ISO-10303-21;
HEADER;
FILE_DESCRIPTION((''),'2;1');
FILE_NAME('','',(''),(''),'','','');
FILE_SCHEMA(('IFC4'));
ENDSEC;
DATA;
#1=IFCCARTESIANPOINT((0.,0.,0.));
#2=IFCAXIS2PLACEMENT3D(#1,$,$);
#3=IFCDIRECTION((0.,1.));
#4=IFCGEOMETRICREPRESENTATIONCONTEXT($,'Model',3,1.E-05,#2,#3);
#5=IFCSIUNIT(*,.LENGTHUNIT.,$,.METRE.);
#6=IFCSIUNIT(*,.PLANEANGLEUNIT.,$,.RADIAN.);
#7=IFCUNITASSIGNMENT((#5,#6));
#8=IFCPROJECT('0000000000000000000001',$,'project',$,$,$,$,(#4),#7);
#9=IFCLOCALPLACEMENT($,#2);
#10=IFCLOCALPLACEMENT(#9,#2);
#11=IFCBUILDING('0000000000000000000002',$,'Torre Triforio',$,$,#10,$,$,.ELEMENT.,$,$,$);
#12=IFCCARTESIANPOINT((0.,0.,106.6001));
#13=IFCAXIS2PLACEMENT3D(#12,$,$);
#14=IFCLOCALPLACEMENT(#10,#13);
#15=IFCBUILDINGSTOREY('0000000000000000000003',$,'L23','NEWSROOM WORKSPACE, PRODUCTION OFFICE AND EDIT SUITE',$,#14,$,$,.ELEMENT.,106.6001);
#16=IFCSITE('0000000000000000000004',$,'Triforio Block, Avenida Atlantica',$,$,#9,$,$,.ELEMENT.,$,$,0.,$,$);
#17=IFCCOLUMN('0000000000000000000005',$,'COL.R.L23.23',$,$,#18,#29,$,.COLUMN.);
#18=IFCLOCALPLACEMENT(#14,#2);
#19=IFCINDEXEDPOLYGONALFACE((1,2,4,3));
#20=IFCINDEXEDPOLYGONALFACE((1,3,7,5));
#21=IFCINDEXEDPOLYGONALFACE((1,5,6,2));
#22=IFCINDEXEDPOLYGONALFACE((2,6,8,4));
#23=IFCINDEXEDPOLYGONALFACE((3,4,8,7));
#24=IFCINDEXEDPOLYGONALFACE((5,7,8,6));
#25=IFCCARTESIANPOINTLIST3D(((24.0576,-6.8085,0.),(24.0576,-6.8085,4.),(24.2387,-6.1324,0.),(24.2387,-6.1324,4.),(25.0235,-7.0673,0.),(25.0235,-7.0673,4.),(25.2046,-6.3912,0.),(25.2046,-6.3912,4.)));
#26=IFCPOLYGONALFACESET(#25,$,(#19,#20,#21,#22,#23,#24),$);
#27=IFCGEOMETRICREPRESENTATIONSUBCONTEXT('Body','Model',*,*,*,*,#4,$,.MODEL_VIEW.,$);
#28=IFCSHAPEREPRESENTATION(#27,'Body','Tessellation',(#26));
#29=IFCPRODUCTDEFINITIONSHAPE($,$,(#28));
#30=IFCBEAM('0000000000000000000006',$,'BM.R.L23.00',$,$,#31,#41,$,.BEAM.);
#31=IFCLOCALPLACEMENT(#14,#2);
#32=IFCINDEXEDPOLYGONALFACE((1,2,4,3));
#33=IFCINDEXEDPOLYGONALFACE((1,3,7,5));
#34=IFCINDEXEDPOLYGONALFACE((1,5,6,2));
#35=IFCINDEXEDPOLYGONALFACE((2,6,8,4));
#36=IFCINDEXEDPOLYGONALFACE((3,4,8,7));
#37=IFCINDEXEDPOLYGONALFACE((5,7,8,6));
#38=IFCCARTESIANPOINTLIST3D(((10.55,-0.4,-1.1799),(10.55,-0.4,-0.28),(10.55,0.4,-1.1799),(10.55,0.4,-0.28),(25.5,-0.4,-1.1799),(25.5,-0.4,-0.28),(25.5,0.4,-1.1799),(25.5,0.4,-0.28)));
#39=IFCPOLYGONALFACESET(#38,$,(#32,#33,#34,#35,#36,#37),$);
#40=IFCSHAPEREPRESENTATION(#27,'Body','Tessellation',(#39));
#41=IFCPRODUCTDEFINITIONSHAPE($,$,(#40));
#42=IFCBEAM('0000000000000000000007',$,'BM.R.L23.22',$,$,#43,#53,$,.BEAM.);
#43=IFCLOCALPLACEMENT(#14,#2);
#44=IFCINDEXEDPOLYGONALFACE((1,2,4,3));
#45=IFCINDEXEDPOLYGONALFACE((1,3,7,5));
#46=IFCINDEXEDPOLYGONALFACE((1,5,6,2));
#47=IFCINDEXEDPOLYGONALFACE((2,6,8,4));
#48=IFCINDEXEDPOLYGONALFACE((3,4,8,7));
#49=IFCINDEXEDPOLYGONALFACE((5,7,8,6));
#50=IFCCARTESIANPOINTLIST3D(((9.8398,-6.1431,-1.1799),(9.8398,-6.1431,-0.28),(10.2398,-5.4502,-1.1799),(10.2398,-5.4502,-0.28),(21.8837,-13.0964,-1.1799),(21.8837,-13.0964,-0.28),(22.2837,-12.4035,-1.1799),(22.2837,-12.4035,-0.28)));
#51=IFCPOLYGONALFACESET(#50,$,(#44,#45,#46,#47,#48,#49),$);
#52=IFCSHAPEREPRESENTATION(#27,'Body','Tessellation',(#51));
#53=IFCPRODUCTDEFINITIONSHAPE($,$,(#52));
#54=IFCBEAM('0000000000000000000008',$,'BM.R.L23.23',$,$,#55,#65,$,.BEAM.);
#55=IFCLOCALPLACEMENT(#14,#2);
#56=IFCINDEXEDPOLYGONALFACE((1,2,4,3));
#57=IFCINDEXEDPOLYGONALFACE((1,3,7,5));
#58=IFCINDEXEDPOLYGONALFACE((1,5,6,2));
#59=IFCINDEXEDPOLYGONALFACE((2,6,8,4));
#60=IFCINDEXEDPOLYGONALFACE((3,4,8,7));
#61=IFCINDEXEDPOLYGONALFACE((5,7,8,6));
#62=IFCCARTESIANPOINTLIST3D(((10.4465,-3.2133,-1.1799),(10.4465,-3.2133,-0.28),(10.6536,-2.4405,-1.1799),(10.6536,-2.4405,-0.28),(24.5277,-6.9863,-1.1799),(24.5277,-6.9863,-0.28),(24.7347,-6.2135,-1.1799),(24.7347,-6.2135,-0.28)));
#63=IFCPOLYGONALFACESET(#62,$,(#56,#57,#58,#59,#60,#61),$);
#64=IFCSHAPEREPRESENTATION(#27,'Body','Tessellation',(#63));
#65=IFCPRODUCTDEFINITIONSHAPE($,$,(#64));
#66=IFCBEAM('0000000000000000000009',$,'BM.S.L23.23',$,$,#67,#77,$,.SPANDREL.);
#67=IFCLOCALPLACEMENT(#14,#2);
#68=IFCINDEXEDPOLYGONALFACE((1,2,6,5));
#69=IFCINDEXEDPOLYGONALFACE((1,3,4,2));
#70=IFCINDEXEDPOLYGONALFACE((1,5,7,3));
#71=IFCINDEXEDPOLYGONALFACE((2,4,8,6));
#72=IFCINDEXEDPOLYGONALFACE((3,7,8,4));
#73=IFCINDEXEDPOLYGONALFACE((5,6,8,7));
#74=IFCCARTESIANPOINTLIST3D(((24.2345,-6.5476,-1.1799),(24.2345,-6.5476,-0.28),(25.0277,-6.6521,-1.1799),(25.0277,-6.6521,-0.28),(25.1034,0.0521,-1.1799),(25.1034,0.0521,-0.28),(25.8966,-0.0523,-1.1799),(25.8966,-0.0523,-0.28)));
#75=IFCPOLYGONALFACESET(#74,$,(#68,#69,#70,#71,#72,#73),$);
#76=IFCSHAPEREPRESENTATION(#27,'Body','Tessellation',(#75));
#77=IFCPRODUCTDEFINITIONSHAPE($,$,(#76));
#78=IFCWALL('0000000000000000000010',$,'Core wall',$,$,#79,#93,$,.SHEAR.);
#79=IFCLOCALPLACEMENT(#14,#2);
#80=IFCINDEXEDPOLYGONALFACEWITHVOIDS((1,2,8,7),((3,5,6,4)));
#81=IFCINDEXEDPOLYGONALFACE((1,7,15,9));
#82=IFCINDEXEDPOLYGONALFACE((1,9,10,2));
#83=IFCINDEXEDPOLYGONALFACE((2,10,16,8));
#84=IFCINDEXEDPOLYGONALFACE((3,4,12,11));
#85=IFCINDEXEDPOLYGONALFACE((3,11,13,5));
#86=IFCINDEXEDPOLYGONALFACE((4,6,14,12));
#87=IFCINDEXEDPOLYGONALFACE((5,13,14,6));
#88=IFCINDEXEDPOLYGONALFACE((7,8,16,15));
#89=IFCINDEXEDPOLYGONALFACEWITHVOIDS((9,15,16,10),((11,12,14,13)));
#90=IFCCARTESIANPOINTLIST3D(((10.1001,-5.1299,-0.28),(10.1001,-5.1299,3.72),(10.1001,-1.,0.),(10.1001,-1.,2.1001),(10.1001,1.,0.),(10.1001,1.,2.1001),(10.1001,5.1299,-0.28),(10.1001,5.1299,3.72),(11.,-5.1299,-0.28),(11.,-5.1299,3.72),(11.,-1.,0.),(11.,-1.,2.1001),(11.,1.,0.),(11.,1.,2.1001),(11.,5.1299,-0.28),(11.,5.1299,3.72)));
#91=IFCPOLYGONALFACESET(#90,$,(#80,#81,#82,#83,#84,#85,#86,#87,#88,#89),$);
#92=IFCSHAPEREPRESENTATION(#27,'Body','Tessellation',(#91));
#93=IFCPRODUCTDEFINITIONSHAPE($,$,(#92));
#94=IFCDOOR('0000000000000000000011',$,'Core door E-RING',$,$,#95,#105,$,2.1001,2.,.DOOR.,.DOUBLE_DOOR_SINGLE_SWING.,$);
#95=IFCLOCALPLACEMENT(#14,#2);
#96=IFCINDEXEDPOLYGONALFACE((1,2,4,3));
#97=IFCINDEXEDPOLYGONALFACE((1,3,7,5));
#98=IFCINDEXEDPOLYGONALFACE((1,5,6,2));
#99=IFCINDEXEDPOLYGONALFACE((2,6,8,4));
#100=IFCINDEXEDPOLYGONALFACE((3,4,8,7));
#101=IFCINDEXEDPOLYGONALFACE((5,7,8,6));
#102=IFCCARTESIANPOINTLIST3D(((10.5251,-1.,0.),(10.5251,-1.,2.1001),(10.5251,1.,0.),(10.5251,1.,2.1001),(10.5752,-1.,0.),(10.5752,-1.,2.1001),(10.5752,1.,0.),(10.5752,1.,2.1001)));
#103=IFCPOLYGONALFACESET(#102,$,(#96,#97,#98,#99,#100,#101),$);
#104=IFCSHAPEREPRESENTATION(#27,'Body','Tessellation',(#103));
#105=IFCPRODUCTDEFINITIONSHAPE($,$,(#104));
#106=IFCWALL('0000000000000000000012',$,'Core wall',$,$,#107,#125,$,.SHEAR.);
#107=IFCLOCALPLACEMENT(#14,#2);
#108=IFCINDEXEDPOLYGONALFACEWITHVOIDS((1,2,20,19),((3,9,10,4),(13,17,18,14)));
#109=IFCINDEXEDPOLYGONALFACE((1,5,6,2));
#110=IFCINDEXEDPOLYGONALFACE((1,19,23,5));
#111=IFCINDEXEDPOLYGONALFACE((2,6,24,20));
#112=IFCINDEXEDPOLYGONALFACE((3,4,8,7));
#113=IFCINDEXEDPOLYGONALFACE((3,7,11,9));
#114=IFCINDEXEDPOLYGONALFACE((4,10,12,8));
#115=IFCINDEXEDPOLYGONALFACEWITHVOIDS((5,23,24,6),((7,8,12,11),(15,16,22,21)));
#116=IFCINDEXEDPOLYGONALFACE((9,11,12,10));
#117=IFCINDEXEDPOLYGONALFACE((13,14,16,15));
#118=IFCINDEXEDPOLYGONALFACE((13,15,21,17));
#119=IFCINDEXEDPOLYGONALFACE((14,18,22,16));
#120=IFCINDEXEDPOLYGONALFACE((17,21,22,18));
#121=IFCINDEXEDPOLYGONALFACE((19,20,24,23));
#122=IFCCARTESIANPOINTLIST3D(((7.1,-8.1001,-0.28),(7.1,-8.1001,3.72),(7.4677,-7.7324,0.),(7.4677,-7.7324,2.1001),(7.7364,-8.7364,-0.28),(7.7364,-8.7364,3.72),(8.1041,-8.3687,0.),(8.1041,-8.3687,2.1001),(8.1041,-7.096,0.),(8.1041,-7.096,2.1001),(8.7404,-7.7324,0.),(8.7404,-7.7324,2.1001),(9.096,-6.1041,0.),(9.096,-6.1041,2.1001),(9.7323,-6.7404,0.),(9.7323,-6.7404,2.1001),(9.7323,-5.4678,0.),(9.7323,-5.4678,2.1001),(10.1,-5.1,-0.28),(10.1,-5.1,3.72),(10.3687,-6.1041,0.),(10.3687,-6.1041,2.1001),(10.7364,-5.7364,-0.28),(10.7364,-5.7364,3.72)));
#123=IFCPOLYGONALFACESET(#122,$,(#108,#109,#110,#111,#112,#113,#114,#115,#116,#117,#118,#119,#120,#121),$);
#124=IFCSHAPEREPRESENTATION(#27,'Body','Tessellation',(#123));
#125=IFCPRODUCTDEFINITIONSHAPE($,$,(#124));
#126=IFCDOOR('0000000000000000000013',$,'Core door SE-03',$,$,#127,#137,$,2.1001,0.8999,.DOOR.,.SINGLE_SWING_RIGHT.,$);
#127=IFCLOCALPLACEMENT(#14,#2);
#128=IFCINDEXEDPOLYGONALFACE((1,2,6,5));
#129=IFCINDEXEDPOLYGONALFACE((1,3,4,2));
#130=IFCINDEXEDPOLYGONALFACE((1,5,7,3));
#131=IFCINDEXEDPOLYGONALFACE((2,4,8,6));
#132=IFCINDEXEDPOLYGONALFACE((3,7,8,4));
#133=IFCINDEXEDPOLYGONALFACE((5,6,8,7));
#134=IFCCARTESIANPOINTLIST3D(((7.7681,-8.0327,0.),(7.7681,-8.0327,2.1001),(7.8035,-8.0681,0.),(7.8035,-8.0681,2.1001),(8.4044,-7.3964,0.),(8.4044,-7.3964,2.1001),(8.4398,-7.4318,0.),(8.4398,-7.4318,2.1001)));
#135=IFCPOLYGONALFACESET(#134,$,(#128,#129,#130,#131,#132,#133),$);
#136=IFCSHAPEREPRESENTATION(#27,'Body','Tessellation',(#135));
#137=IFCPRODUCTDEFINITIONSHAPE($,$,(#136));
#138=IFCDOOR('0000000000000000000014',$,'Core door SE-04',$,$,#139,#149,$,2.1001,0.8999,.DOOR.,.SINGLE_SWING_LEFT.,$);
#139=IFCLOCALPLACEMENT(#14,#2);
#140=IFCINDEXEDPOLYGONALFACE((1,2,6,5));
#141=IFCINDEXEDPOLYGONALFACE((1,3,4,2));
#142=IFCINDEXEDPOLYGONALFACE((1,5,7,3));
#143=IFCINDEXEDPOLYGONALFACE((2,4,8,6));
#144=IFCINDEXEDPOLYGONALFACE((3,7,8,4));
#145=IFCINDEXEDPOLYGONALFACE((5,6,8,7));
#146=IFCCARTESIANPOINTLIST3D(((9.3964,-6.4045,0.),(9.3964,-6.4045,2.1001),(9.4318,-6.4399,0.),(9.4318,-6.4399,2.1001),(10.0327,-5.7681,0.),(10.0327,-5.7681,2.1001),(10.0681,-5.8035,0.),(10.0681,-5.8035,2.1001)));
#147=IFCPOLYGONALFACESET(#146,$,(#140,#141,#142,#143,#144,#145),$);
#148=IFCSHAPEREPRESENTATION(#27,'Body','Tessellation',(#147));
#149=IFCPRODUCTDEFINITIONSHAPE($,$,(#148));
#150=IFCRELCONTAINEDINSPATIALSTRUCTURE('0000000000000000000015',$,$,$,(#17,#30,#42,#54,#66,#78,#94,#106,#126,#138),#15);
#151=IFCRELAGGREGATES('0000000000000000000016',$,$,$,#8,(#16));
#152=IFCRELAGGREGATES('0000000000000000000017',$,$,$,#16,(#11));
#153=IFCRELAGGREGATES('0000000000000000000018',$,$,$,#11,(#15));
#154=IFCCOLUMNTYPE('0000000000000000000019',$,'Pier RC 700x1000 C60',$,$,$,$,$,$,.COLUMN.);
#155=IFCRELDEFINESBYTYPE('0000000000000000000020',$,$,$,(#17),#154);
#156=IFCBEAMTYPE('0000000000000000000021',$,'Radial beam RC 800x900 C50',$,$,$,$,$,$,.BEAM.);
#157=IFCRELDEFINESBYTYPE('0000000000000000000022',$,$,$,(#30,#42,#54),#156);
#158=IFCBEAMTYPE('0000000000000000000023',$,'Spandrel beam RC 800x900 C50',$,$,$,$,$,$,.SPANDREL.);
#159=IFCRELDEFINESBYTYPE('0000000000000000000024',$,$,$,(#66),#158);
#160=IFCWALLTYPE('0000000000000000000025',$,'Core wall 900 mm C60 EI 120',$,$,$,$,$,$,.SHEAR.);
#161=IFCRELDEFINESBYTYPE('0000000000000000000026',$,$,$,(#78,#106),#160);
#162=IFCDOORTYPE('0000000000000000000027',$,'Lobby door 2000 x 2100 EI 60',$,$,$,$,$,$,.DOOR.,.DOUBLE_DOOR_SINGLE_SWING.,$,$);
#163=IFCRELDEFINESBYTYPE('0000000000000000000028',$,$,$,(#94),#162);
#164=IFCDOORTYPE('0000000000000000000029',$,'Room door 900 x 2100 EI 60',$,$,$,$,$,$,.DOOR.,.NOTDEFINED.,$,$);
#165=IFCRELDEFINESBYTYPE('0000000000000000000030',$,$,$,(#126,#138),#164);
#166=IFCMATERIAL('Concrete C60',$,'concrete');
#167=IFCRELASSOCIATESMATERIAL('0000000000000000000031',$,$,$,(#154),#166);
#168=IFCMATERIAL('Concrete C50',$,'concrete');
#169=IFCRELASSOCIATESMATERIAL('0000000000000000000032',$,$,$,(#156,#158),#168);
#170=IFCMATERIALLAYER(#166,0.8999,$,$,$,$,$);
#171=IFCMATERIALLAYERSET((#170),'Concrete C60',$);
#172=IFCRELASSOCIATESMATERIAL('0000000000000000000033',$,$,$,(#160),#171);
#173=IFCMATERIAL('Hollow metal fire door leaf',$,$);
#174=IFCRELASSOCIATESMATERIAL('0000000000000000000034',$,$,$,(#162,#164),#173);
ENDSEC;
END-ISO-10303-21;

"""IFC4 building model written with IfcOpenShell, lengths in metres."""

from ifc_helpers import new_model, si_unit, direction, frame, frame_2d, origin, origin_2d, place, context, subcontext, project, spatial, rectangle, extrude, material, layer, layer_set, material_profile, profile_set, type_object, element, fill, save


model = new_model("IFC4")

# Units and contexts
model_context = context("Model", 3, precision=1e-05, world=origin(), true_north=direction((0.0, 1.0)))
body_context = subcontext(model_context, "Body", "Model", "MODEL_VIEW")
ifc_project = project(units=[si_unit("LENGTHUNIT", "METRE"), si_unit("PLANEANGLEUNIT", "RADIAN")], contexts=[model_context])

# Site, building, storey
site_placement = place(None, origin())
site = spatial("IfcSite", under=ifc_project, at=site_placement, Name="Triforio Block, Avenida Atlantica", CompositionType="ELEMENT", RefElevation=0.0)
building_placement = place(site_placement, origin())
building = spatial("IfcBuilding", under=site, at=building_placement, Name="Torre Triforio", CompositionType="ELEMENT")
storey_placement = place(building_placement, frame((0.0, 0.0, 106.6001)))
storey = spatial("IfcBuildingStorey", under=building, at=storey_placement, Name="L23", Description="NEWSROOM WORKSPACE, PRODUCTION OFFICE AND EDIT SUITE", CompositionType="ELEMENT", Elevation=106.6001)

# Column
ifc_material_1 = material(Name="Concrete C60", Category="concrete")
ifc_material_profile_1 = material_profile(ifc_material_1, rectangle(XDim=0.7, YDim=1.0, at=origin_2d()), Name="RC 700x1000")
ifc_profile_set_1 = profile_set([ifc_material_profile_1], Name="Concrete C60")
column_type = type_object("IfcColumnType", Name="Pier RC 700x1000 C60", PredefinedType="COLUMN", material=ifc_profile_set_1)
column_placement = place(storey_placement, frame((24.6311, -6.5999, 0.0), z_axis=(0.0, 0.0, 1.0), x_axis=(0.258819, 0.965926, 0.0)))
element("IfcColumn", 1, at=column_placement, inside=storey, type_object=column_type, Name="COL.R.L23.23", PredefinedType="COLUMN", context=body_context, shape_type="SweptSolid", body=[
    extrude(rectangle(XDim=0.7, YDim=1.0, at=origin_2d()), origin(), (0.0, 0.0, 1.0), 4.0),
])

# Beams
ifc_material_2 = material(Name="Concrete C50", Category="concrete")
ifc_material_profile_2 = material_profile(ifc_material_2, rectangle(XDim=0.8, YDim=0.8999, at=origin_2d()), Name="RC 800x900")
ifc_profile_set_2 = profile_set([ifc_material_profile_2], Name="Concrete C50")
beam_type_1 = type_object("IfcBeamType", Name="Radial beam RC 800x900 C50", PredefinedType="BEAM", material=ifc_profile_set_2)
beam_1_placement = place(storey_placement, frame((10.55, 0.0, -0.73), z_axis=(1.0, 0.0, 0.0), x_axis=(0.0, 1.0, 0.0)))
element("IfcBeam", 2, at=beam_1_placement, inside=storey, type_object=beam_type_1, Name="BM.R.L23.00", PredefinedType="BEAM", context=body_context, shape_type="SweptSolid", body=[
    extrude(rectangle(XDim=0.8, YDim=0.8999, at=origin_2d()), origin(), (0.0, 0.0, 1.0), 14.95),
])
beam_2_placement = place(storey_placement, frame((10.0398, -5.7966, -0.73), z_axis=(0.866032, -0.499989, 0.0), x_axis=(0.499989, 0.866032, 0.0)))
element("IfcBeam", 3, at=beam_2_placement, inside=storey, type_object=beam_type_1, Name="BM.R.L23.22", PredefinedType="BEAM", context=body_context, shape_type="SweptSolid", body=[
    extrude(rectangle(XDim=0.8, YDim=0.8999, at=origin_2d()), origin(), (0.0, 0.0, 1.0), 13.907),
])
beam_3_placement = place(storey_placement, frame((10.55, -2.8269, -0.73), z_axis=(0.965927, -0.258815, 0.0), x_axis=(0.258815, 0.965927, 0.0)))
element("IfcBeam", 4, at=beam_3_placement, inside=storey, type_object=beam_type_1, Name="BM.R.L23.23", PredefinedType="BEAM", context=body_context, shape_type="SweptSolid", body=[
    extrude(rectangle(XDim=0.8, YDim=0.8999, at=origin_2d()), origin(), (0.0, 0.0, 1.0), 14.5779),
])
ifc_material_profile_3 = material_profile(ifc_material_2, rectangle(XDim=0.8, YDim=0.8999, at=origin_2d()), Name="RC 800x900")
ifc_profile_set_3 = profile_set([ifc_material_profile_3], Name="Concrete C50")
beam_type_2 = type_object("IfcBeamType", Name="Spandrel beam RC 800x900 C50", PredefinedType="SPANDREL", material=ifc_profile_set_3)
beam_4_placement = place(storey_placement, frame((24.6311, -6.5999, -0.73), z_axis=(0.130528, 0.991445, 0.0), x_axis=(-0.991445, 0.130528, 0.0)))
element("IfcBeam", 5, at=beam_4_placement, inside=storey, type_object=beam_type_2, Name="BM.S.L23.23", PredefinedType="SPANDREL", context=body_context, shape_type="SweptSolid", body=[
    extrude(rectangle(XDim=0.8, YDim=0.8999, at=origin_2d()), origin(), (0.0, 0.0, 1.0), 6.6567),
])

# Wall, opening, door
ifc_layer_1 = layer(ifc_material_1, 0.8999)
ifc_layer_set_1 = layer_set([ifc_layer_1], Name="Concrete C60")
wall_type_1 = type_object("IfcWallType", Name="Core wall 900 mm C60 EI 120", PredefinedType="SHEAR", material=ifc_layer_set_1)
wall_1_placement = place(storey_placement, frame((10.55, -5.1299, -0.28), z_axis=(0.0, 0.0, 1.0), x_axis=(0.0, 1.0, 0.0)))
wall_1 = element("IfcWall", 6, at=wall_1_placement, inside=storey, type_object=wall_type_1, Name="Core wall", PredefinedType="SHEAR", context=body_context, shape_type="SweptSolid", body=[
    extrude(rectangle(XDim=10.2598, YDim=0.8999, at=frame_2d((5.1299, 0.0))), origin(), (0.0, 0.0, 1.0), 4.0),
])
opening_1_placement = place(wall_1_placement, frame((4.1299, 0.0, 0.28)))
opening_1 = element("IfcOpeningElement", 7, at=opening_1_placement, cuts=wall_1, PredefinedType="OPENING", context=body_context, shape_type="SweptSolid", body=[
    extrude(rectangle(XDim=2.0, YDim=2.1001, at=frame_2d((1.0, 1.05))), frame((0.0, 0.46, 0.0), z_axis=(0.0, -1.0, 0.0), x_axis=(1.0, 0.0, 0.0)), (0.0, 0.0, 1.0), 0.9199),
])
ifc_material_3 = material(Name="Hollow metal fire door leaf")
door_type_1 = type_object("IfcDoorType", Name="Lobby door 2000 x 2100 EI 60", OperationType="DOUBLE_DOOR_SINGLE_SWING", PredefinedType="DOOR", material=ifc_material_3)
door_1_placement = place(opening_1_placement, origin())
door_1 = element("IfcDoor", 8, at=door_1_placement, inside=storey, type_object=door_type_1, Name="Core door E-RING", OperationType="DOUBLE_DOOR_SINGLE_SWING", OverallHeight=2.1001, OverallWidth=2.0, PredefinedType="DOOR", context=body_context, shape_type="SweptSolid", body=[
    extrude(rectangle(XDim=2.0, YDim=2.1001, at=frame_2d((1.0, 1.05))), frame((0.0, 0.0249, 0.0), z_axis=(0.0, -1.0, 0.0), x_axis=(1.0, 0.0, 0.0)), (0.0, 0.0, 1.0), 0.05),
])
fill(opening_1, door_1)

# Wall, openings, doors
wall_2_placement = place(storey_placement, frame((10.4182, -5.4182, -0.28), z_axis=(0.0, 0.0, 1.0), x_axis=(-0.707107, -0.707107, 0.0)))
wall_2 = element("IfcWall", 9, at=wall_2_placement, inside=storey, type_object=wall_type_1, Name="Core wall", PredefinedType="SHEAR", context=body_context, shape_type="SweptSolid", body=[
    extrude(rectangle(XDim=4.2427, YDim=0.8999, at=frame_2d((2.1213, 0.0))), origin(), (0.0, 0.0, 1.0), 4.0),
])
opening_2_placement = place(wall_2_placement, frame((2.8228, 0.0, 0.28)))
opening_2 = element("IfcOpeningElement", 10, at=opening_2_placement, cuts=wall_2, PredefinedType="OPENING", context=body_context, shape_type="SweptSolid", body=[
    extrude(rectangle(XDim=0.8999, YDim=2.1001, at=frame_2d((0.45, 1.05))), frame((0.0, 0.46, 0.0), z_axis=(0.0, -1.0, 0.0), x_axis=(1.0, 0.0, 0.0)), (0.0, 0.0, 1.0), 0.9199),
])
opening_3_placement = place(wall_2_placement, frame((0.52, 0.0, 0.28)))
opening_3 = element("IfcOpeningElement", 11, at=opening_3_placement, cuts=wall_2, PredefinedType="OPENING", context=body_context, shape_type="SweptSolid", body=[
    extrude(rectangle(XDim=0.8999, YDim=2.1001, at=frame_2d((0.45, 1.05))), frame((0.0, 0.46, 0.0), z_axis=(0.0, -1.0, 0.0), x_axis=(1.0, 0.0, 0.0)), (0.0, 0.0, 1.0), 0.9199),
])
door_type_2 = type_object("IfcDoorType", Name="Room door 900 x 2100 EI 60", OperationType="NOTDEFINED", PredefinedType="DOOR", material=ifc_material_3)
door_2_placement = place(opening_2_placement, origin())
door_2 = element("IfcDoor", 12, at=door_2_placement, inside=storey, type_object=door_type_2, Name="Core door SE-03", OperationType="SINGLE_SWING_RIGHT", OverallHeight=2.1001, OverallWidth=0.8999, PredefinedType="DOOR", context=body_context, shape_type="SweptSolid", body=[
    extrude(rectangle(XDim=0.8999, YDim=2.1001, at=frame_2d((0.45, 1.05))), frame((0.0, 0.0249, 0.0), z_axis=(0.0, -1.0, 0.0), x_axis=(1.0, 0.0, 0.0)), (0.0, 0.0, 1.0), 0.05),
])
fill(opening_2, door_2)
door_3_placement = place(opening_3_placement, origin())
door_3 = element("IfcDoor", 13, at=door_3_placement, inside=storey, type_object=door_type_2, Name="Core door SE-04", OperationType="SINGLE_SWING_LEFT", OverallHeight=2.1001, OverallWidth=0.8999, PredefinedType="DOOR", context=body_context, shape_type="SweptSolid", body=[
    extrude(rectangle(XDim=0.8999, YDim=2.1001, at=frame_2d((0.45, 1.05))), frame((0.0, 0.0249, 0.0), z_axis=(0.0, -1.0, 0.0), x_axis=(1.0, 0.0, 0.0)), (0.0, 0.0, 1.0), 0.05),
])
fill(opening_3, door_3)

save(model, "model.ifc")
